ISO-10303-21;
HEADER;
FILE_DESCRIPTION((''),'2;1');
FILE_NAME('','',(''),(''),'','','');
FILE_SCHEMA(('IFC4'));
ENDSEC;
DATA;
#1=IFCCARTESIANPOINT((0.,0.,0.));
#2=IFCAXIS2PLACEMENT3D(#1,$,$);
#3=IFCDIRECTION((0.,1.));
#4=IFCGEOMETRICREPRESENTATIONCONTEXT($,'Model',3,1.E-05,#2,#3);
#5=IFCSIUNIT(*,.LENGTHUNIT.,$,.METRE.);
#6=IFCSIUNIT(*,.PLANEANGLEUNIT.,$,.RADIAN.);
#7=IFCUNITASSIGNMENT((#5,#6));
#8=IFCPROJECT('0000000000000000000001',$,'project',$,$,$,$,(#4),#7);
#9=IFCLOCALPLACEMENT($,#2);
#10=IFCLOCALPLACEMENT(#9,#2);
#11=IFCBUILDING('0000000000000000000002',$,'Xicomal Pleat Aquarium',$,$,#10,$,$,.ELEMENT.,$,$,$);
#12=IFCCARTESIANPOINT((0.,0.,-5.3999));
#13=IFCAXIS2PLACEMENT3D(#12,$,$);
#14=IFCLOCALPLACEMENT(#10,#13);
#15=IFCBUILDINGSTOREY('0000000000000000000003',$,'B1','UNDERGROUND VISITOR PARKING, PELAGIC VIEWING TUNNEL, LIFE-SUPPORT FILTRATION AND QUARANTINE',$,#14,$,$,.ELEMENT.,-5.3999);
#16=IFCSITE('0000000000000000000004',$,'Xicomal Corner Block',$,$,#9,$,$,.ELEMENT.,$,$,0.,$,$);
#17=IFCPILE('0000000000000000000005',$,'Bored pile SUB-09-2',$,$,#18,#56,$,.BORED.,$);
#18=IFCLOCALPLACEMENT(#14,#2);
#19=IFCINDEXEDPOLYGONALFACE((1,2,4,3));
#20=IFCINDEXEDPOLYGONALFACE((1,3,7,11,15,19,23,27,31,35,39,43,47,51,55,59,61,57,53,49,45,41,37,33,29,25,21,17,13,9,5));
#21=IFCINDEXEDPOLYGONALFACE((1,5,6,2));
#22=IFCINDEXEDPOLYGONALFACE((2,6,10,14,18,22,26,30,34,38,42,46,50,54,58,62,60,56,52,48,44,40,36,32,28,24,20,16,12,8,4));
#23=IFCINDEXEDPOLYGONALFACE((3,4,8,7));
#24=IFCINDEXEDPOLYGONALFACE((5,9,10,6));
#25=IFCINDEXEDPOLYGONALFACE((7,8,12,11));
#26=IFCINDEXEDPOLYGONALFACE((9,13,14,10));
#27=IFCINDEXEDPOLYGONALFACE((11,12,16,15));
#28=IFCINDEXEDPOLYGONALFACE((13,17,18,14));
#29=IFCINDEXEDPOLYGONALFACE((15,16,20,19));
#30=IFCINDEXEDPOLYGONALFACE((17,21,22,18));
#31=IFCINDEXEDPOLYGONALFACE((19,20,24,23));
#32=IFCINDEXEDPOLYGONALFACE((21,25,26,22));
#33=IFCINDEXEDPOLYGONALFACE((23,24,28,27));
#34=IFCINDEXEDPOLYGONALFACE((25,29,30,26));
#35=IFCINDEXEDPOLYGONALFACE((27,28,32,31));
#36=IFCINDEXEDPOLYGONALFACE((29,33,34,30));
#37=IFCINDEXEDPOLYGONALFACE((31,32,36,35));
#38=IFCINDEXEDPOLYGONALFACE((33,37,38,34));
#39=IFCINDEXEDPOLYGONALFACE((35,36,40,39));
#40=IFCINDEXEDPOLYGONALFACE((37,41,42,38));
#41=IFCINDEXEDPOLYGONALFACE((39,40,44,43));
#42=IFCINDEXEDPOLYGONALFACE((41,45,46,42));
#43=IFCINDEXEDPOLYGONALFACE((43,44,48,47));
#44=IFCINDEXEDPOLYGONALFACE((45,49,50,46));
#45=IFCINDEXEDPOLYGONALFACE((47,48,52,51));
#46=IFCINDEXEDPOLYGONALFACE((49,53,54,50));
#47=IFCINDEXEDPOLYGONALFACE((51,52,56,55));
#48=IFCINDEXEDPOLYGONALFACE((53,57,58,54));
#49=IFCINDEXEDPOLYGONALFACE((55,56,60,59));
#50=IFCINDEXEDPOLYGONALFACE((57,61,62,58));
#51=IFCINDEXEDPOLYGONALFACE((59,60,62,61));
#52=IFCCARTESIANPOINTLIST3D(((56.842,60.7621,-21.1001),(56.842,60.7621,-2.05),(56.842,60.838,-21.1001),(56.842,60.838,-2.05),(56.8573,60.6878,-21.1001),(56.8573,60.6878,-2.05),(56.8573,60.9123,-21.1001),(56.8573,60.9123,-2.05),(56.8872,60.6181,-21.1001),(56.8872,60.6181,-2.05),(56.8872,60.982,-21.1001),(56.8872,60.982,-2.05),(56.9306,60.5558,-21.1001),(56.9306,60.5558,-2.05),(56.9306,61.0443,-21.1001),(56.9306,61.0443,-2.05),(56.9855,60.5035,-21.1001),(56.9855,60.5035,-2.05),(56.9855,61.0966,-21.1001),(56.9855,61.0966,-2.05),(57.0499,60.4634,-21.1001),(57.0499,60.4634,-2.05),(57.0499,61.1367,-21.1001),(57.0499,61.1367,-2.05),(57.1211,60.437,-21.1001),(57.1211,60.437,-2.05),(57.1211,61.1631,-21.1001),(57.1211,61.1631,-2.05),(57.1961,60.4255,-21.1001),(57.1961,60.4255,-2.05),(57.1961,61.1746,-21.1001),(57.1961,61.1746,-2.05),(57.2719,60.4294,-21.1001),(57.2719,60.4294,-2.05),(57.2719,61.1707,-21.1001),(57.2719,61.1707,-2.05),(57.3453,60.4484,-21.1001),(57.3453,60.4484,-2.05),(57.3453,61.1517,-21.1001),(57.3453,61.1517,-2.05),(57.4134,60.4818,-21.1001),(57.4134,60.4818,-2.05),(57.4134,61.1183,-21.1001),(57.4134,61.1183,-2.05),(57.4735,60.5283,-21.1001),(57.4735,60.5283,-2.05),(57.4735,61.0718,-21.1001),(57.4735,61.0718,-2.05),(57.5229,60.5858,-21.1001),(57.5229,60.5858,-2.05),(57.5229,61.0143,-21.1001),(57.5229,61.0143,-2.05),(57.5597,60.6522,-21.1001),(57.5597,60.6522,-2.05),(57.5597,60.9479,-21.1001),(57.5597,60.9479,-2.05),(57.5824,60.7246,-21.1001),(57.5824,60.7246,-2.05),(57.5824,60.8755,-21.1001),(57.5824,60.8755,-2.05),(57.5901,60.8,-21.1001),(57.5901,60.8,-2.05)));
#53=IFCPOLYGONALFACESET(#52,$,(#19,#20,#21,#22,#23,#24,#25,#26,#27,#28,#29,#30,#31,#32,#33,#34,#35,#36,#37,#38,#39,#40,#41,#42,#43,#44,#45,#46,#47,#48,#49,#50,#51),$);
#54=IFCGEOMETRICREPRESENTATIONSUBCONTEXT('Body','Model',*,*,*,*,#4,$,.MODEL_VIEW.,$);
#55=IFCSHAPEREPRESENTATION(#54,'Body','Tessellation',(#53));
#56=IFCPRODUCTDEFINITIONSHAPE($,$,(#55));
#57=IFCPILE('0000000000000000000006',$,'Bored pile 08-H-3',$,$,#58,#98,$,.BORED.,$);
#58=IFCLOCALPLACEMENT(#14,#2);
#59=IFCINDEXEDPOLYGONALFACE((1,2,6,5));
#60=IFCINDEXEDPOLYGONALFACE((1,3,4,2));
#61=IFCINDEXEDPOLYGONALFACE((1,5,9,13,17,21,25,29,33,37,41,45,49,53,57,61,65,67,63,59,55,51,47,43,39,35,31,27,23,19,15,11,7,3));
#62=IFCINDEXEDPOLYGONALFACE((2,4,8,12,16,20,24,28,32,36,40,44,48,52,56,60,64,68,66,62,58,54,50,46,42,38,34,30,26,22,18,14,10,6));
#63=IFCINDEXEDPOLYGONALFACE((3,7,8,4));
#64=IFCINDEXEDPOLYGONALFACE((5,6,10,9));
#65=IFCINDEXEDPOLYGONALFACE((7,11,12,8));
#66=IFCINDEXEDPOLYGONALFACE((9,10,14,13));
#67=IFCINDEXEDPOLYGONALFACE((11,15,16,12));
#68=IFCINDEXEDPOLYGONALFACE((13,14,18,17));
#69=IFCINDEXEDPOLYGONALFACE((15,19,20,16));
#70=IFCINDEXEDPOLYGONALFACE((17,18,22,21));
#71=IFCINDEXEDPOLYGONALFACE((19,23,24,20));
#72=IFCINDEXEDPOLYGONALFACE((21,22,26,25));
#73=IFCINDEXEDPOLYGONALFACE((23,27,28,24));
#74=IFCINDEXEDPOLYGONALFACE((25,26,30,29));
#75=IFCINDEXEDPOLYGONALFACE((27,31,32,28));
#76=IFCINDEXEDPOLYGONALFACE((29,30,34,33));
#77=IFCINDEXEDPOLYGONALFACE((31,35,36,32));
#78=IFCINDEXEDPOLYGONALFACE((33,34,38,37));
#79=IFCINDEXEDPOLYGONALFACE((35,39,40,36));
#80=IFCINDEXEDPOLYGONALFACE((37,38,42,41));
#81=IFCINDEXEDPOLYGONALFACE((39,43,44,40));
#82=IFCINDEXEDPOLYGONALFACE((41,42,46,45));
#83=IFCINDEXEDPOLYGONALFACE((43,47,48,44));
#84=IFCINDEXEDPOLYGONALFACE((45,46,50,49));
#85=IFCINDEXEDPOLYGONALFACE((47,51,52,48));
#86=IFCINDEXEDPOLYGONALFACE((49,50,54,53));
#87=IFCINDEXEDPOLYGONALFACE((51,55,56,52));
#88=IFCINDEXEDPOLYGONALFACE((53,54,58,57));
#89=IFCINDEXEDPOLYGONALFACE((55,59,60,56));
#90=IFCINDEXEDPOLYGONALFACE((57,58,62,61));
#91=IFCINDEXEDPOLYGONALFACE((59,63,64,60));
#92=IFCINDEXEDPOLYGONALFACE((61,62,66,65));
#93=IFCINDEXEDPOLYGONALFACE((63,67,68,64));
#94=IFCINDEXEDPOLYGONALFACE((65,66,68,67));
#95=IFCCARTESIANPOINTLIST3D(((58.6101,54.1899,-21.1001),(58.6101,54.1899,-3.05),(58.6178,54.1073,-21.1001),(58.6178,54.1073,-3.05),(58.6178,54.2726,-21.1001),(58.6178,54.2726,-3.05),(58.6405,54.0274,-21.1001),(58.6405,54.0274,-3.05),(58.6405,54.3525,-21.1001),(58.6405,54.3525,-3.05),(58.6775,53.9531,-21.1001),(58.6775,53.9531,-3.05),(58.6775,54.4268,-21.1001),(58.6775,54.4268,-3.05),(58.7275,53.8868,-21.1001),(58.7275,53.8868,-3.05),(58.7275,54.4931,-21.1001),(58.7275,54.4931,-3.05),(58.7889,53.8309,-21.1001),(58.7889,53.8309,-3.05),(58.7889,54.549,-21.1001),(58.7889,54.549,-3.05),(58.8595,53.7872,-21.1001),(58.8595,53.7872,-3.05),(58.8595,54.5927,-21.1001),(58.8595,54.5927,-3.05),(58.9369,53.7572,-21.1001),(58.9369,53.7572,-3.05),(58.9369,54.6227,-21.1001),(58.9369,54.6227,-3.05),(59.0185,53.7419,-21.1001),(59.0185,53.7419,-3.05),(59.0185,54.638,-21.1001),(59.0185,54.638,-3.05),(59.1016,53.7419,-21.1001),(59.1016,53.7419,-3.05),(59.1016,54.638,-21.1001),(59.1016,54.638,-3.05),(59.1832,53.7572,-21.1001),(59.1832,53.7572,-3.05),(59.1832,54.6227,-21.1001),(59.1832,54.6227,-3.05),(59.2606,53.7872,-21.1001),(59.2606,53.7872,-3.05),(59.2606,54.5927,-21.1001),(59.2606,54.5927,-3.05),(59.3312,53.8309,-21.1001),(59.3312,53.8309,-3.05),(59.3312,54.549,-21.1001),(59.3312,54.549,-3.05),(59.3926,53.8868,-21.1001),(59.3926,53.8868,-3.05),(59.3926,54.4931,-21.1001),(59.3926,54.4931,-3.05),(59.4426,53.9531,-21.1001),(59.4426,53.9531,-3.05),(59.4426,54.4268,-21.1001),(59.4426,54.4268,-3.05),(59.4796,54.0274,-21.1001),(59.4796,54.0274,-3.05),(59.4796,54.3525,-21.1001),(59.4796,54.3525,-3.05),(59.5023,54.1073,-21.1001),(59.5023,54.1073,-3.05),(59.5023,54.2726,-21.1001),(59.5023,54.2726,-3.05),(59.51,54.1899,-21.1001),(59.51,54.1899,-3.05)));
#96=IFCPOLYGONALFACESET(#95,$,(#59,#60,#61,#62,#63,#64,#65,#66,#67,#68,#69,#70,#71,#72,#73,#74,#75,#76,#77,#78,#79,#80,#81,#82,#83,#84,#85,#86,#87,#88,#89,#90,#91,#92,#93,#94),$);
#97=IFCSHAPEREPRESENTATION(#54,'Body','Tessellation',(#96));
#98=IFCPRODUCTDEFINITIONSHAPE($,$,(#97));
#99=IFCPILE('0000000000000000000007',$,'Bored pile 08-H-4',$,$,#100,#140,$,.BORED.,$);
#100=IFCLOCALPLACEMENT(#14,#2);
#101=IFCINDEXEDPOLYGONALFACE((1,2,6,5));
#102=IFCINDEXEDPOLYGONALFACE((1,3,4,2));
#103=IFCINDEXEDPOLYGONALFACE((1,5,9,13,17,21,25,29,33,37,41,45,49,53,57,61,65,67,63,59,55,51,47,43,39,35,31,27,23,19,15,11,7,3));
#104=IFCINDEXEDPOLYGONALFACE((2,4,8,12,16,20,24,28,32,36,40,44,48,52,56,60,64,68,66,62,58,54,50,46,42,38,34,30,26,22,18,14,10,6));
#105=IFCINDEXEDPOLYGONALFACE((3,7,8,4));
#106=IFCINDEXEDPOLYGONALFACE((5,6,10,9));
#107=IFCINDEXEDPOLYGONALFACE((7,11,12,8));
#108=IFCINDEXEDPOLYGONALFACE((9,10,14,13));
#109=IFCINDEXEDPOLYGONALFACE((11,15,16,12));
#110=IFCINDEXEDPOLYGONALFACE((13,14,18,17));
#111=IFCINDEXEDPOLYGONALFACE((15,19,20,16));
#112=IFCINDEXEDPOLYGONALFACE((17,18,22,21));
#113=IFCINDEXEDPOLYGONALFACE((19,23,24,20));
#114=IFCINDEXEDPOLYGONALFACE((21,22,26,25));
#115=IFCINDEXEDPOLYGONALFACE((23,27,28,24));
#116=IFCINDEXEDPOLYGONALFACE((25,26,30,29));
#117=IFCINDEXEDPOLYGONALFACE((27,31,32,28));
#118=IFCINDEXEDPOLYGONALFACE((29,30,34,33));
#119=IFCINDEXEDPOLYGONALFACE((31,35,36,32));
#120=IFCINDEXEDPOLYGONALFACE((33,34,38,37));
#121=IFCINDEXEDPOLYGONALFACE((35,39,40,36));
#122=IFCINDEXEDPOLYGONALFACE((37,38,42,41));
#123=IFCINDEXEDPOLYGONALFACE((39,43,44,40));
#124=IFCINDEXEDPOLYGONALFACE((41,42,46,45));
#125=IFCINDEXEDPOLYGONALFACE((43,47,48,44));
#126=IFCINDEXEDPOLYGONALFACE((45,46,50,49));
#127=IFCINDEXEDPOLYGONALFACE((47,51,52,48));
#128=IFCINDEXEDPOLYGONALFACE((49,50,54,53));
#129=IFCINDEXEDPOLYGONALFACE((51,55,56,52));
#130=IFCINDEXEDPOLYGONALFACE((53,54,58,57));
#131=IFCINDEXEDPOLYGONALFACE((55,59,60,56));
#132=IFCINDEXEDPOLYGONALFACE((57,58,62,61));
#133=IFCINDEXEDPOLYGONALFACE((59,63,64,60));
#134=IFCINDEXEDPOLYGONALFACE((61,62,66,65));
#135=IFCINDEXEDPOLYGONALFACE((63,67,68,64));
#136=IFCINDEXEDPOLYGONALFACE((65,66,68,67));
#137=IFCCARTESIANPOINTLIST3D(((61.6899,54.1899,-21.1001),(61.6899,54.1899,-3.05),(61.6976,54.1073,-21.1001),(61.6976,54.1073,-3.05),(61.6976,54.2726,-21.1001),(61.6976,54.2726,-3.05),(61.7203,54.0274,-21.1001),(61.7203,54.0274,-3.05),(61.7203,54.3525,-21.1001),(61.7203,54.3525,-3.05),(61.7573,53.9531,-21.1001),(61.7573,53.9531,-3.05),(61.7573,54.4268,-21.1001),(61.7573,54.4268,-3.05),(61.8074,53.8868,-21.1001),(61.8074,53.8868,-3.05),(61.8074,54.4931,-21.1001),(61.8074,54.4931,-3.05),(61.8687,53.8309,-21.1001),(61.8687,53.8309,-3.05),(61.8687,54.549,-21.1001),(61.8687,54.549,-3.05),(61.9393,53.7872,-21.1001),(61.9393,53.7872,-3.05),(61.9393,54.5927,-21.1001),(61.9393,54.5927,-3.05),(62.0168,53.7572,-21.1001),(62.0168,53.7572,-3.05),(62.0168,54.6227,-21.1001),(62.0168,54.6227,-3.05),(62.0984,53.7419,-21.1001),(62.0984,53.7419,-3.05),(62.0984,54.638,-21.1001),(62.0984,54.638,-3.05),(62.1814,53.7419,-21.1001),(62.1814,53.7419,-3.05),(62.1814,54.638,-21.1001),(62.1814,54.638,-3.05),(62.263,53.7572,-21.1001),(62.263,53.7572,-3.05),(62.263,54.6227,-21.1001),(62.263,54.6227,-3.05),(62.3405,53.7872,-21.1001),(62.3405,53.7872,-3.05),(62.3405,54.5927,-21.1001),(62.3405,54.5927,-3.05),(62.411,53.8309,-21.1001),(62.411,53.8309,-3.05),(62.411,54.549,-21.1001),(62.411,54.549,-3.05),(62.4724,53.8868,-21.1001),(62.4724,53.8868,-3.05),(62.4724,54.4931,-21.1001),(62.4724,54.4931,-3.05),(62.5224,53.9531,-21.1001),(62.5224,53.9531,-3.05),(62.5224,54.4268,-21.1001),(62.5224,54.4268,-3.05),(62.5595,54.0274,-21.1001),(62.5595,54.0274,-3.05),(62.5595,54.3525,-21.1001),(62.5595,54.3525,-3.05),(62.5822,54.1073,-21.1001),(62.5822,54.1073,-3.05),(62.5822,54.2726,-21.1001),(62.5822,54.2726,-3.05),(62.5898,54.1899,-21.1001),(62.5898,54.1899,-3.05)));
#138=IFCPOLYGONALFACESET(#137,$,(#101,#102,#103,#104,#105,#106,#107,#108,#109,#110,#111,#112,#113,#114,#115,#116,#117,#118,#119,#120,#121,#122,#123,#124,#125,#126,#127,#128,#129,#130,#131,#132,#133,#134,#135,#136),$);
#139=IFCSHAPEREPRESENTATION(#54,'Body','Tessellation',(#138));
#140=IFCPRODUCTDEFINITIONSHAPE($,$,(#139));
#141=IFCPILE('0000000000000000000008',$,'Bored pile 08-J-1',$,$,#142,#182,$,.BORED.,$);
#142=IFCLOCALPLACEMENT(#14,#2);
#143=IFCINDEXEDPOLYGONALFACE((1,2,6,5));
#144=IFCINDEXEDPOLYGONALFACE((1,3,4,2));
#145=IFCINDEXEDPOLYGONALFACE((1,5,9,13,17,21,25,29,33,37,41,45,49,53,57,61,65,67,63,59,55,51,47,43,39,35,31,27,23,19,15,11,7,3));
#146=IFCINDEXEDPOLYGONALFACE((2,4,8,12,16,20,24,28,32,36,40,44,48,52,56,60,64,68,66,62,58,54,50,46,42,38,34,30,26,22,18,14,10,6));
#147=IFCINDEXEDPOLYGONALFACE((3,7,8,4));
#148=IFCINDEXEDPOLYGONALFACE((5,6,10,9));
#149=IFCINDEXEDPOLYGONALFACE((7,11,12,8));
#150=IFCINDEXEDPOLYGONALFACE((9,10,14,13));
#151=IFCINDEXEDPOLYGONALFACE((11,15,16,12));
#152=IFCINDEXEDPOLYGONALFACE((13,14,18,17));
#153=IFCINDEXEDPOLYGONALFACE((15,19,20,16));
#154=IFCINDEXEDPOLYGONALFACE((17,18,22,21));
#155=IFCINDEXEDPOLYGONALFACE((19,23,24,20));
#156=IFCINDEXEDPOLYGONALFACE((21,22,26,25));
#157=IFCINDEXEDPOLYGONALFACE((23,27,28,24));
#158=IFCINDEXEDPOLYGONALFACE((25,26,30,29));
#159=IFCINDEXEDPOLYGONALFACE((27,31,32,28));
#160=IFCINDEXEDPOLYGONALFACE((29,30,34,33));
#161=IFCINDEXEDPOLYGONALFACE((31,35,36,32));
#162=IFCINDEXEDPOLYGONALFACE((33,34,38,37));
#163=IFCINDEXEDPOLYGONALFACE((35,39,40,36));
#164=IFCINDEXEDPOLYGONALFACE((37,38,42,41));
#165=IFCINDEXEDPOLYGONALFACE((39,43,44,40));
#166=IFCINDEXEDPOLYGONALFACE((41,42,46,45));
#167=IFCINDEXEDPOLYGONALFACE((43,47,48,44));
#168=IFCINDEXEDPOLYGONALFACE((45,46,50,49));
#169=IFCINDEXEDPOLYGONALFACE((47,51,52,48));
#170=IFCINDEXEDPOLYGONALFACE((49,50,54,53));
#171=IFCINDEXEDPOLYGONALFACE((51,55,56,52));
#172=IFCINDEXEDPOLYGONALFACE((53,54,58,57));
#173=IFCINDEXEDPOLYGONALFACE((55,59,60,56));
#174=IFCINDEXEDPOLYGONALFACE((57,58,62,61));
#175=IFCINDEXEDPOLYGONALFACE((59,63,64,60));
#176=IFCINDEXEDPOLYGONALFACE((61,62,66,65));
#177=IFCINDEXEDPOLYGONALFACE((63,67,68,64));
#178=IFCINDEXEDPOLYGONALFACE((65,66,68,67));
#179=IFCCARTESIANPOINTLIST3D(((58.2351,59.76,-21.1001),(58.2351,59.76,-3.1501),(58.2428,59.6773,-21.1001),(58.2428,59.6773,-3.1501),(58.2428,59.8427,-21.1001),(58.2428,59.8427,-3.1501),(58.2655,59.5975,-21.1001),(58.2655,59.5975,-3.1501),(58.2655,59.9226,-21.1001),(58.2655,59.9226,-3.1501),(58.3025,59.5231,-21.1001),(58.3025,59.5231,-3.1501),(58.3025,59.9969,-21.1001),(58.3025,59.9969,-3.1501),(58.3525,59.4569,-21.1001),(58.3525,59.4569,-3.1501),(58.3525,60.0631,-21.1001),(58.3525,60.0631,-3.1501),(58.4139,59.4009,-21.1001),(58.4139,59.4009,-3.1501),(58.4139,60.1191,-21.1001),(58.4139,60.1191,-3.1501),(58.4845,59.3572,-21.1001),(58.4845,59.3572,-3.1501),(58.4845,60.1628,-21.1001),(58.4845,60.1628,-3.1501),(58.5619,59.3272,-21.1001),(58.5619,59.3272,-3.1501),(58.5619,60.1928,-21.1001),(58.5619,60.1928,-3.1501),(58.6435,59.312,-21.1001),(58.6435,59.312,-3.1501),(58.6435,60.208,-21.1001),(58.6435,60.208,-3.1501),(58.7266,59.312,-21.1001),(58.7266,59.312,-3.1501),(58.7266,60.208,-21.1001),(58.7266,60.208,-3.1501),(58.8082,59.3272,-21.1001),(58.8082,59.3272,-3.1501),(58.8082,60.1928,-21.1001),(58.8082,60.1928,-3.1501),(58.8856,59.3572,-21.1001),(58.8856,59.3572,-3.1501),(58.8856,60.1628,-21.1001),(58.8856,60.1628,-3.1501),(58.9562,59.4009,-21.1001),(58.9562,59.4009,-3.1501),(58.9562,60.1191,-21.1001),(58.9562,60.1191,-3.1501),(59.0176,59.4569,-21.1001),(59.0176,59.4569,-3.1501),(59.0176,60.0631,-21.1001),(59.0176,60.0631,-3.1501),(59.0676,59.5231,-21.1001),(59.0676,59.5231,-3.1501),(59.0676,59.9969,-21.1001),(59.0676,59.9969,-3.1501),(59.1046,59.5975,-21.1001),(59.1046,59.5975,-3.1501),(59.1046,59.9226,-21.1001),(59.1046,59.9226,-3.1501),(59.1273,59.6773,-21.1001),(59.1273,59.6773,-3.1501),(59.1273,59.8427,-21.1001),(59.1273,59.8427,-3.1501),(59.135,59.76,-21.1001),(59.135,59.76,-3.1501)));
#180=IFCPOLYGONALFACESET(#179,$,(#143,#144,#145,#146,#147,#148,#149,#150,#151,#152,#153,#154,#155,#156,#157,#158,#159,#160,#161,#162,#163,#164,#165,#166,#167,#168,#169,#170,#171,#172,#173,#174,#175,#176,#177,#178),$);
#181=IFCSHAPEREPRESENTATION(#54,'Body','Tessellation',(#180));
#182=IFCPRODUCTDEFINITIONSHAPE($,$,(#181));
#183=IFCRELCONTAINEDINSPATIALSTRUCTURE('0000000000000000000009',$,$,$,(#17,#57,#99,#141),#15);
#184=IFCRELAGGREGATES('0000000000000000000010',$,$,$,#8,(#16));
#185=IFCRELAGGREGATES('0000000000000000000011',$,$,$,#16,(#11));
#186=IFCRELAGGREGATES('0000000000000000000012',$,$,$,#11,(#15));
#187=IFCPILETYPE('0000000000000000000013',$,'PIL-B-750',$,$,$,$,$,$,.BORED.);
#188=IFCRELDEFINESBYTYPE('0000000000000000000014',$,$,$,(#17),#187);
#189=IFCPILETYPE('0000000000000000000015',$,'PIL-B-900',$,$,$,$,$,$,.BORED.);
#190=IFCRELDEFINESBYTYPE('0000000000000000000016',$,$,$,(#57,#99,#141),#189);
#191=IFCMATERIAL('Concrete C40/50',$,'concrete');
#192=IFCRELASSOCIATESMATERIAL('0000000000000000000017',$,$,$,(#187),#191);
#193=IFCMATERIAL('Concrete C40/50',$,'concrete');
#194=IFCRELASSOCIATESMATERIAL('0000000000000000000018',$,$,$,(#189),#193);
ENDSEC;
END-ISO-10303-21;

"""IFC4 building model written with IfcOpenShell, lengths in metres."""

from ifc_helpers import new_model, si_unit, direction, frame, origin, origin_2d, place, context, subcontext, project, spatial, circle, extrude, material, material_profile, profile_set, type_object, element, save


model = new_model("IFC4")

# Units and contexts
model_context = context("Model", 3, precision=1e-05, world=origin(), true_north=direction((0.0, 1.0)))
body_context = subcontext(model_context, "Body", "Model", "MODEL_VIEW")
ifc_project = project(units=[si_unit("LENGTHUNIT", "METRE"), si_unit("PLANEANGLEUNIT", "RADIAN")], contexts=[model_context])

# Site, building, storey
site_placement = place(None, origin())
site = spatial("IfcSite", under=ifc_project, at=site_placement, Name="Xicomal Corner Block", CompositionType="ELEMENT", RefElevation=0.0)
building_placement = place(site_placement, origin())
building = spatial("IfcBuilding", under=site, at=building_placement, Name="Xicomal Pleat Aquarium", CompositionType="ELEMENT")
storey_placement = place(building_placement, frame((0.0, 0.0, -5.3999)))
storey = spatial("IfcBuildingStorey", under=building, at=storey_placement, Name="B1", Description="UNDERGROUND VISITOR PARKING, PELAGIC VIEWING TUNNEL, LIFE-SUPPORT FILTRATION AND QUARANTINE", CompositionType="ELEMENT", Elevation=-5.3999)

# Piles
ifc_material_1 = material(Name="Concrete C40/50", Category="concrete")
ifc_material_profile_1 = material_profile(ifc_material_1, circle(Radius=0.375, at=origin_2d()), Name="BORED PILE D750")
ifc_profile_set_1 = profile_set([ifc_material_profile_1], Name="Concrete C40/50")
pile_type_1 = type_object("IfcPileType", Name="PIL-B-750", PredefinedType="BORED", material=ifc_profile_set_1)
pile_placement = place(storey_placement, frame((57.2151, 60.8, -2.05), z_axis=(0.0, 0.0, -1.0), x_axis=(1.0, 0.0, 0.0)))
element("IfcPile", 1, at=pile_placement, inside=storey, type_object=pile_type_1, Name="Bored pile SUB-09-2", PredefinedType="BORED", context=body_context, shape_type="SweptSolid", body=[
    extrude(circle(Radius=0.375, at=origin_2d()), origin(), (0.0, 0.0, 1.0), 19.05),
])
ifc_material_2 = material(Name="Concrete C40/50", Category="concrete")
ifc_material_profile_2 = material_profile(ifc_material_2, circle(Radius=0.45, at=origin_2d()), Name="BORED PILE D900")
ifc_profile_set_2 = profile_set([ifc_material_profile_2], Name="Concrete C40/50")
pile_type_2 = type_object("IfcPileType", Name="PIL-B-900", PredefinedType="BORED", material=ifc_profile_set_2)
for number, where, z_axis, x_axis, name in (
    (2, (59.0601, 54.1899, -3.05), (0.0, 0.0, -1.0), (1.0, 0.0, 0.0), "Bored pile 08-H-3"),
    (3, (62.1399, 54.1899, -3.05), (0.0, 0.0, -1.0), (1.0, 0.0, 0.0), "Bored pile 08-H-4"),
):
    element("IfcPile", number, at=place(storey_placement, frame(where, z_axis=z_axis, x_axis=x_axis)), inside=storey, type_object=pile_type_2, Name=name, PredefinedType="BORED", context=body_context, shape_type="SweptSolid", body=[
        extrude(circle(Radius=0.45, at=origin_2d()), origin(), (0.0, 0.0, 1.0), 18.05),
    ])
for number, where, z_axis, x_axis, name in (
    (4, (58.6851, 59.76, -3.1501), (0.0, 0.0, -1.0), (1.0, 0.0, 0.0), "Bored pile 08-J-1"),
):
    element("IfcPile", number, at=place(storey_placement, frame(where, z_axis=z_axis, x_axis=x_axis)), inside=storey, type_object=pile_type_2, Name=name, PredefinedType="BORED", context=body_context, shape_type="SweptSolid", body=[
        extrude(circle(Radius=0.45, at=origin_2d()), origin(), (0.0, 0.0, 1.0), 17.95),
    ])

save(model, "model.ifc")
